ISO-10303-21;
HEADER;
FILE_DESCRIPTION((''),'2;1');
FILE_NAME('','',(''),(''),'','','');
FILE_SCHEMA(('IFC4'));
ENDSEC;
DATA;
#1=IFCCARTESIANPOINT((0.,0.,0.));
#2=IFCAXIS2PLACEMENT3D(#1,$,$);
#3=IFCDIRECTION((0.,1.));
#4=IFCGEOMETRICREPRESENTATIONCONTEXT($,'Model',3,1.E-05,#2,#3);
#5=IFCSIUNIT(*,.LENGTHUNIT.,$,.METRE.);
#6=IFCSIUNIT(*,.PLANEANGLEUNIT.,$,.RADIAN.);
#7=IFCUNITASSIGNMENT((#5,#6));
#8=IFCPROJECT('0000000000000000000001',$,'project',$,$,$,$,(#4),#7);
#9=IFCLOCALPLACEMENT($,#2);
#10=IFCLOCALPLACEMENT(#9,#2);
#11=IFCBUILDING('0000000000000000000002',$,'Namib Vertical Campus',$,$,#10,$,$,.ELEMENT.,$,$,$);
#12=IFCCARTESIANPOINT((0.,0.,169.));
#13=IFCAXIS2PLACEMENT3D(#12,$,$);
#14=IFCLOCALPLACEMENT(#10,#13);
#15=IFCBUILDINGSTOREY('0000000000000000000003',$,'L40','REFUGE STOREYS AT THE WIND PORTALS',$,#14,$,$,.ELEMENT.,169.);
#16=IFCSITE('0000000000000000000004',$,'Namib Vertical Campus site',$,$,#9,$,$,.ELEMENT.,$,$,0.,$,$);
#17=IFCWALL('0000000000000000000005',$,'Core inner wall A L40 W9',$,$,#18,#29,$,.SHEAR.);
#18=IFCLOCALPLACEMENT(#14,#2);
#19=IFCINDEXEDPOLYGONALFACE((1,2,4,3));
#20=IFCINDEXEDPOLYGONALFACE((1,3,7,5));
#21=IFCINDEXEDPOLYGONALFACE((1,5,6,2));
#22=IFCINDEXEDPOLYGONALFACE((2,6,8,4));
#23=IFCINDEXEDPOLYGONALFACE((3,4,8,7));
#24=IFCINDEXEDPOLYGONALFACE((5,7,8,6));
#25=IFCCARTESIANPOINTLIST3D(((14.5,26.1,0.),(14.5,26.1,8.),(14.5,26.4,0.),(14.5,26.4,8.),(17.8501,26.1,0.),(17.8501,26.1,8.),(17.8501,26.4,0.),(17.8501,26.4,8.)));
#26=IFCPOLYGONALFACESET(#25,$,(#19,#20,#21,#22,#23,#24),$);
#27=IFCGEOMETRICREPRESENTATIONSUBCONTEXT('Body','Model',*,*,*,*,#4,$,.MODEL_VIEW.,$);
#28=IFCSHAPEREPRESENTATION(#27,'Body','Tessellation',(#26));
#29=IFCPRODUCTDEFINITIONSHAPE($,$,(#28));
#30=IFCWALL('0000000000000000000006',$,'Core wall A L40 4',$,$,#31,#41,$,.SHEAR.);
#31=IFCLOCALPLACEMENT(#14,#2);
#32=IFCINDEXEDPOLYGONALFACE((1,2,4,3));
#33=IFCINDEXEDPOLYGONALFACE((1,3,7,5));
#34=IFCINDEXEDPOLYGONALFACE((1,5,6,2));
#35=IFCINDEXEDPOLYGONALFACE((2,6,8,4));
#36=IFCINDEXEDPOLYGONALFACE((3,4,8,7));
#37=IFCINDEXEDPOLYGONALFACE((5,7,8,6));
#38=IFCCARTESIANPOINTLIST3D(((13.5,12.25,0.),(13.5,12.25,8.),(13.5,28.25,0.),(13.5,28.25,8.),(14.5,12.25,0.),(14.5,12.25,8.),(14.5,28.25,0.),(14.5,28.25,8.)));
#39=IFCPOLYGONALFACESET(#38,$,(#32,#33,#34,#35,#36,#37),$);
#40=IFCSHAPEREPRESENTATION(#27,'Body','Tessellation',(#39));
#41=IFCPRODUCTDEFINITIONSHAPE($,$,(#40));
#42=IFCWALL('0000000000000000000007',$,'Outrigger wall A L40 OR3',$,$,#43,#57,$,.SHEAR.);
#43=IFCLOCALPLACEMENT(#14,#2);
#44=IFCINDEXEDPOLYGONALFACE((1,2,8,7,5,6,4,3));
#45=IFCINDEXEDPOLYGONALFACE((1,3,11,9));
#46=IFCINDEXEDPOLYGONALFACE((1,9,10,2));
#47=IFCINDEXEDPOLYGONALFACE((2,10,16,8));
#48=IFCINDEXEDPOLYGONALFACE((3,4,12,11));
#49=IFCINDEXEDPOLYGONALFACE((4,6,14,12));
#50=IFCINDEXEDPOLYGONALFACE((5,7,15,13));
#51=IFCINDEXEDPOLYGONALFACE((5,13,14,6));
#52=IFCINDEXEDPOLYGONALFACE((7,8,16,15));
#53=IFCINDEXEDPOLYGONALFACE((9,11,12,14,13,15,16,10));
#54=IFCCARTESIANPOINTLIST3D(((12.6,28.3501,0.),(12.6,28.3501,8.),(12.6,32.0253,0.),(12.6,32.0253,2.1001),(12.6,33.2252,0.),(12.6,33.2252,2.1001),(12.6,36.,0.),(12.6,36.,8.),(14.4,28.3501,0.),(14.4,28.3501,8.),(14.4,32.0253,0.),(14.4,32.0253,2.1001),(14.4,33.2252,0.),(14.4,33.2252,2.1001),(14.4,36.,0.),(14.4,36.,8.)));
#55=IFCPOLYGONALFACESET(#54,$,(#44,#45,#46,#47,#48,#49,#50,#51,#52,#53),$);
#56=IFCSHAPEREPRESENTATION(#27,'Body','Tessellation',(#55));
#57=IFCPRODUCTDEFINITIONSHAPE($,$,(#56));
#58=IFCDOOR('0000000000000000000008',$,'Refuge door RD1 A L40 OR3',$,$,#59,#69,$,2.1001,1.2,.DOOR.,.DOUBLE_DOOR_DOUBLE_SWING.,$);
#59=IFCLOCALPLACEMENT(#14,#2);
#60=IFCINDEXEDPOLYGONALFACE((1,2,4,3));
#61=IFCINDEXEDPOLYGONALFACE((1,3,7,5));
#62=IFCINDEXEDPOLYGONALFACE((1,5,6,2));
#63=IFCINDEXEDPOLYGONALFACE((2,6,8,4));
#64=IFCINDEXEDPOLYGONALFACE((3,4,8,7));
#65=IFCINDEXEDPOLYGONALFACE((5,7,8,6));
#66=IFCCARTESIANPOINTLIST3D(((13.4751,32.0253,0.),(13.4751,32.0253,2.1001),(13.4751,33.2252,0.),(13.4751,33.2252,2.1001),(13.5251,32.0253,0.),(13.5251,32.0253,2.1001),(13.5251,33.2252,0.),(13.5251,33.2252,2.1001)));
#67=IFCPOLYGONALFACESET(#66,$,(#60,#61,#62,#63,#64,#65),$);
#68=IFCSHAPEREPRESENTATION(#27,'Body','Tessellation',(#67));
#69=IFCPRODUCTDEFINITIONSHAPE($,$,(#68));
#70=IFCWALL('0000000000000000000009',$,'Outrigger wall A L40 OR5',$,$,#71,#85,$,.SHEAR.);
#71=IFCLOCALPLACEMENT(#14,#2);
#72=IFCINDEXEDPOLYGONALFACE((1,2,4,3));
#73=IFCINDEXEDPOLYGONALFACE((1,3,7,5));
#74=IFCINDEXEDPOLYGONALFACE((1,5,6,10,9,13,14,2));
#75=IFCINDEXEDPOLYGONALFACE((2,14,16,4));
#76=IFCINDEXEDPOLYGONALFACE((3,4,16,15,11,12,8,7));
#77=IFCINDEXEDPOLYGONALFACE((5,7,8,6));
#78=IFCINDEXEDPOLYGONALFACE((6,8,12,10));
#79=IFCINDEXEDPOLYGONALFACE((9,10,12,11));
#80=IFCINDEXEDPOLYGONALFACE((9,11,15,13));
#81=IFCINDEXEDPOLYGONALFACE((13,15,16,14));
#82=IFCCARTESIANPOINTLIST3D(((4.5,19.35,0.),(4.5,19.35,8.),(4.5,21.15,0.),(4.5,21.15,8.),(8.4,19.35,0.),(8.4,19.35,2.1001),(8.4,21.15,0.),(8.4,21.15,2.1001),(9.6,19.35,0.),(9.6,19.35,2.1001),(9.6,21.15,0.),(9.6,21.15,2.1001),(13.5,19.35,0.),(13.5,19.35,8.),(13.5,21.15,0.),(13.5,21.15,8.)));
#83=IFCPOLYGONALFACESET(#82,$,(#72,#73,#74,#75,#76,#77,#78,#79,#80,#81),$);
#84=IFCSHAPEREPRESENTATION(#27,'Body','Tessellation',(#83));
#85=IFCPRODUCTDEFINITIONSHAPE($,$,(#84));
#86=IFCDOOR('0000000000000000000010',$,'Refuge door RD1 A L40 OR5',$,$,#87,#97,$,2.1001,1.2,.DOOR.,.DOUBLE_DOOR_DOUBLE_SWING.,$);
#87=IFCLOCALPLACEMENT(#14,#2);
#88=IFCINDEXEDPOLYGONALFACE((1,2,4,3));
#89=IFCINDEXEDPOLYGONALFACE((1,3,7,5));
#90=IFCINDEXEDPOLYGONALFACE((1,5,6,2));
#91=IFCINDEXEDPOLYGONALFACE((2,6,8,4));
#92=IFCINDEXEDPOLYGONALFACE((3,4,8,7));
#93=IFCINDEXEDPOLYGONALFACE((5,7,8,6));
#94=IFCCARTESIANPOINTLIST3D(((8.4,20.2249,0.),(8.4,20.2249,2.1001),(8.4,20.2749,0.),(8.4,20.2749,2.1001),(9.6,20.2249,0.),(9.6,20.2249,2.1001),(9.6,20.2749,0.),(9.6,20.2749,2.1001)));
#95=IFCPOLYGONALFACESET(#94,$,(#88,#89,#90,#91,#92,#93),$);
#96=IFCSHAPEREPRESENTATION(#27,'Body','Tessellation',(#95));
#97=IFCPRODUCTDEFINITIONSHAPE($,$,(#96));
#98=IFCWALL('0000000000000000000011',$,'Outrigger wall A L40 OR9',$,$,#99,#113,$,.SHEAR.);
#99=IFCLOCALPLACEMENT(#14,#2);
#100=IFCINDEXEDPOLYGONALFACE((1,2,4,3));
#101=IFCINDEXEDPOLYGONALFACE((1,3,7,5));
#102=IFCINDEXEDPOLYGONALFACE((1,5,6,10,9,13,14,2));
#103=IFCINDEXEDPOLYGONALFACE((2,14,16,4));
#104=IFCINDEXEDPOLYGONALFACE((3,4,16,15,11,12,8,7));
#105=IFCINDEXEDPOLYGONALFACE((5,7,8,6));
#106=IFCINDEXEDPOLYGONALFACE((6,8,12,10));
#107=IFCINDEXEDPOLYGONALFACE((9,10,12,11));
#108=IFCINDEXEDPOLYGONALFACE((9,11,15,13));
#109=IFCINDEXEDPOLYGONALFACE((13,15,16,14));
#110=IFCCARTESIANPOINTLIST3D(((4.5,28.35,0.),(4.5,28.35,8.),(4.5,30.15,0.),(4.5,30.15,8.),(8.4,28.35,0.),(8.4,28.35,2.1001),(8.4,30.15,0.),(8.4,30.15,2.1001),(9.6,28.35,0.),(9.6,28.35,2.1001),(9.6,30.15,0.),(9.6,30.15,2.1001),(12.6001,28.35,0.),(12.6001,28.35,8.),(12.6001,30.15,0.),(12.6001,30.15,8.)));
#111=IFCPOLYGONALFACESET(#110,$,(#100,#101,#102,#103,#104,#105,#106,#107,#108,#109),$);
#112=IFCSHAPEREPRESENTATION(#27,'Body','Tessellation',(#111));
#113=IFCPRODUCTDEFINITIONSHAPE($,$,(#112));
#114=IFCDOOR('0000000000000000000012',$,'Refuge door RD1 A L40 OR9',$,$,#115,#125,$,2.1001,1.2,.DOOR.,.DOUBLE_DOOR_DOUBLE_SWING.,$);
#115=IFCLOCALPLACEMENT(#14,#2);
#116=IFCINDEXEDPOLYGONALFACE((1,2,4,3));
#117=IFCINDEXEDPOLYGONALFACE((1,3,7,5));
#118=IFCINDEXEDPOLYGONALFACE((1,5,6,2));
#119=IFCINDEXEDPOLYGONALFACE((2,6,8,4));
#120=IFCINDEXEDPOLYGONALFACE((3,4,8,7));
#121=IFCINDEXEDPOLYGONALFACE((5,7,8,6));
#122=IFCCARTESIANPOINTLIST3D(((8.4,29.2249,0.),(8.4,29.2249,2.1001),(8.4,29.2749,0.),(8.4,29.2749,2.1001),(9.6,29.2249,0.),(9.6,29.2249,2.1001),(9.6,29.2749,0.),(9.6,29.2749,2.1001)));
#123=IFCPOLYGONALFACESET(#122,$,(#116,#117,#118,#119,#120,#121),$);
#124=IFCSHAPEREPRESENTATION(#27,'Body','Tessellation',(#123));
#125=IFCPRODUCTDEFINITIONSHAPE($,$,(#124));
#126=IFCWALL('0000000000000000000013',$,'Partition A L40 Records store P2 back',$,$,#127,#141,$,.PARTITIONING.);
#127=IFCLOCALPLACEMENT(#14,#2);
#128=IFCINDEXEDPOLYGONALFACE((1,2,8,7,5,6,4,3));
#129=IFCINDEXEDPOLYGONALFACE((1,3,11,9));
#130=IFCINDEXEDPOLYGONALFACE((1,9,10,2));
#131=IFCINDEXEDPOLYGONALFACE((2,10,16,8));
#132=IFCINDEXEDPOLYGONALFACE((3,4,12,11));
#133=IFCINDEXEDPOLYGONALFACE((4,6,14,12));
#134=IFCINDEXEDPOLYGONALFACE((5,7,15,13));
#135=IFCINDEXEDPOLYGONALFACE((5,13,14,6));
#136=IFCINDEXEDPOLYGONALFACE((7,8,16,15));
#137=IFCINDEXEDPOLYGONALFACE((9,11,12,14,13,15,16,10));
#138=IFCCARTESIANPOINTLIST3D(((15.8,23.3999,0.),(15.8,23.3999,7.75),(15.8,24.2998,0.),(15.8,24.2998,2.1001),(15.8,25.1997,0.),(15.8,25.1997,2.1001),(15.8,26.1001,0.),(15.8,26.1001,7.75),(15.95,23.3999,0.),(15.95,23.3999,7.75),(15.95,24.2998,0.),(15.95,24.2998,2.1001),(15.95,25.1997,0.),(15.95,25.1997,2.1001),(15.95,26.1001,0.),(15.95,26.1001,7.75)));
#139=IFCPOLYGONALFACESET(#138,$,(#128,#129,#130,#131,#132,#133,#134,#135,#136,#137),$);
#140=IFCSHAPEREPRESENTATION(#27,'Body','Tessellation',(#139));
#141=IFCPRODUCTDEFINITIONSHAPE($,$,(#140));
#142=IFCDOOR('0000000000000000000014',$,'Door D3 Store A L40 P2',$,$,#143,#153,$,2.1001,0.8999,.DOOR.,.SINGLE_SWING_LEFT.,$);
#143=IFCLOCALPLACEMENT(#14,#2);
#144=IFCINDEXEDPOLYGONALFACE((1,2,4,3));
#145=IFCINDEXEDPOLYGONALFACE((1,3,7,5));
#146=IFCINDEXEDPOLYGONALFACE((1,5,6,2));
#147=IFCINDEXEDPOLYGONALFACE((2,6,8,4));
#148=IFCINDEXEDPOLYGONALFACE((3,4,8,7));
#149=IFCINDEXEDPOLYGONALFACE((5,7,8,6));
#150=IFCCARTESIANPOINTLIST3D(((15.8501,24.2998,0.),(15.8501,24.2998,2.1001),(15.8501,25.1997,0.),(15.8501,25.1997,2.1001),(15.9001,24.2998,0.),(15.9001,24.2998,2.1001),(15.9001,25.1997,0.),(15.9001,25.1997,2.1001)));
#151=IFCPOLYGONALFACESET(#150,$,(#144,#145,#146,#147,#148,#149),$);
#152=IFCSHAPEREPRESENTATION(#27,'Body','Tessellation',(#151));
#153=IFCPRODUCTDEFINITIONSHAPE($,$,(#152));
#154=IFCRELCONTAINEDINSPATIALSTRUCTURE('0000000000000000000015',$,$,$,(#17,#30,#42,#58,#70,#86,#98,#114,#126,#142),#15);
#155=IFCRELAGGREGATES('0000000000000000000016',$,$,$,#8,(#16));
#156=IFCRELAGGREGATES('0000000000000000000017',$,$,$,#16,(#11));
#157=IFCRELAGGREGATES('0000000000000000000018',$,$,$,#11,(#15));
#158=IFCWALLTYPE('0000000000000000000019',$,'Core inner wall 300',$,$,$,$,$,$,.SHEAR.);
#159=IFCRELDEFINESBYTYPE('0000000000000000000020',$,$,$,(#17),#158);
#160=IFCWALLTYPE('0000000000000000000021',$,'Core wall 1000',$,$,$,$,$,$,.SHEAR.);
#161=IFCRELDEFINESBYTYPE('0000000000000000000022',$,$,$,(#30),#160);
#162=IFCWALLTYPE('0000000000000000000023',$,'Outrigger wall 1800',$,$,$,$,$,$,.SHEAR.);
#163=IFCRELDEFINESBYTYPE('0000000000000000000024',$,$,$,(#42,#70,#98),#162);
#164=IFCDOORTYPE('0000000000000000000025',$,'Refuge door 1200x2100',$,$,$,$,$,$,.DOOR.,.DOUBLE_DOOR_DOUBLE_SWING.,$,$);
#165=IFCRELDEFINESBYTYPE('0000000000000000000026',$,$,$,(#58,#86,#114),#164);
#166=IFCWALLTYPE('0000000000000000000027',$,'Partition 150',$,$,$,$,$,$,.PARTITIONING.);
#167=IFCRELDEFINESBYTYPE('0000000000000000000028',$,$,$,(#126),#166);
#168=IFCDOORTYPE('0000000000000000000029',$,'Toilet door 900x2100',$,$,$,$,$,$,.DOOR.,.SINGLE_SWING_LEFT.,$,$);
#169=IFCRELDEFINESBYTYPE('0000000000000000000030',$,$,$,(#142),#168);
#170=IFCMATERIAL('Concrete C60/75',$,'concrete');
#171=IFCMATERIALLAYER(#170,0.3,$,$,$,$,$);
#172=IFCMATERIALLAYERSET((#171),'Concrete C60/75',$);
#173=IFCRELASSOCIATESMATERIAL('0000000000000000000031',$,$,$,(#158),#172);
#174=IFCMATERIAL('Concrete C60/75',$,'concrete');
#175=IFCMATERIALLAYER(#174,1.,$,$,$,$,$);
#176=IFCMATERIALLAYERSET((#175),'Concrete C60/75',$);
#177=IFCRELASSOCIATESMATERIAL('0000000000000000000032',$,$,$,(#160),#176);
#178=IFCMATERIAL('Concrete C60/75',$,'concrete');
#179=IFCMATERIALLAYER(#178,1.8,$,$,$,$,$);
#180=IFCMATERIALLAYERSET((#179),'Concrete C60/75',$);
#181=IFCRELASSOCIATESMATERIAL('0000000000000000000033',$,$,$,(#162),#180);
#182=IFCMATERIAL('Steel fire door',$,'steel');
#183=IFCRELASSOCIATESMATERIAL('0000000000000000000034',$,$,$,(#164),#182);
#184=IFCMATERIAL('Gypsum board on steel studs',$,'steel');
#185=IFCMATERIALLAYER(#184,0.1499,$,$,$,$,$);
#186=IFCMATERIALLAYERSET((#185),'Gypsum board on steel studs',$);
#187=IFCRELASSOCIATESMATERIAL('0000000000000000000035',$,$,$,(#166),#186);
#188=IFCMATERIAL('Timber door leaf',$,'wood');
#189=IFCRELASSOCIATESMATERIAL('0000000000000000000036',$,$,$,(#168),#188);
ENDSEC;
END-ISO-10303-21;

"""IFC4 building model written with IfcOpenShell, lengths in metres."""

from ifc_helpers import new_model, si_unit, direction, frame, frame_2d, origin, place, context, subcontext, project, spatial, rectangle, extrude, material, layer, layer_set, type_object, element, fill, save


model = new_model("IFC4")

# Units and contexts
model_context = context("Model", 3, precision=1e-05, world=origin(), true_north=direction((0.0, 1.0)))
body_context = subcontext(model_context, "Body", "Model", "MODEL_VIEW")
ifc_project = project(units=[si_unit("LENGTHUNIT", "METRE"), si_unit("PLANEANGLEUNIT", "RADIAN")], contexts=[model_context])

# Site, building, storey
site_placement = place(None, origin())
site = spatial("IfcSite", under=ifc_project, at=site_placement, Name="Namib Vertical Campus site", CompositionType="ELEMENT", RefElevation=0.0)
building_placement = place(site_placement, origin())
building = spatial("IfcBuilding", under=site, at=building_placement, Name="Namib Vertical Campus", CompositionType="ELEMENT")
storey_placement = place(building_placement, frame((0.0, 0.0, 169.0)))
storey = spatial("IfcBuildingStorey", under=building, at=storey_placement, Name="L40", Description="REFUGE STOREYS AT THE WIND PORTALS", CompositionType="ELEMENT", Elevation=169.0)

# Walls
ifc_material_1 = material(Name="Concrete C60/75", Category="concrete")
ifc_layer_1 = layer(ifc_material_1, 0.3)
ifc_layer_set_1 = layer_set([ifc_layer_1], Name="Concrete C60/75")
wall_type_1 = type_object("IfcWallType", Name="Core inner wall 300", PredefinedType="SHEAR", material=ifc_layer_set_1)
for number, where, z_axis, x_axis, name in (
    (1, (14.5, 26.25, 0.0), (0.0, 0.0, 1.0), (1.0, 0.0, 0.0), "Core inner wall A L40 W9"),
):
    element("IfcWall", number, at=place(storey_placement, frame(where, z_axis=z_axis, x_axis=x_axis)), inside=storey, type_object=wall_type_1, Name=name, PredefinedType="SHEAR", context=body_context, shape_type="SweptSolid", body=[
        extrude(rectangle(XDim=3.3501, YDim=0.3, at=frame_2d((1.675, 0.0))), origin(), (0.0, 0.0, 1.0), 8.0),
    ])
ifc_material_2 = material(Name="Concrete C60/75", Category="concrete")
ifc_layer_2 = layer(ifc_material_2, 1.0)
ifc_layer_set_2 = layer_set([ifc_layer_2], Name="Concrete C60/75")
wall_type_2 = type_object("IfcWallType", Name="Core wall 1000", PredefinedType="SHEAR", material=ifc_layer_set_2)
wall_1_placement = place(storey_placement, frame((14.0, 28.25, 0.0), z_axis=(0.0, 0.0, 1.0), x_axis=(0.0, -1.0, 0.0)))
element("IfcWall", 2, at=wall_1_placement, inside=storey, type_object=wall_type_2, Name="Core wall A L40 4", PredefinedType="SHEAR", context=body_context, shape_type="SweptSolid", body=[
    extrude(rectangle(XDim=16.0, YDim=1.0, at=frame_2d((8.0, 0.0))), origin(), (0.0, 0.0, 1.0), 8.0),
])

# Walls, openings, doors
ifc_material_3 = material(Name="Concrete C60/75", Category="concrete")
ifc_layer_3 = layer(ifc_material_3, 1.8)
ifc_layer_set_3 = layer_set([ifc_layer_3], Name="Concrete C60/75")
wall_type_3 = type_object("IfcWallType", Name="Outrigger wall 1800", PredefinedType="SHEAR", material=ifc_layer_set_3)
wall_2_placement = place(storey_placement, frame((13.5, 28.3501, 0.0), z_axis=(0.0, 0.0, 1.0), x_axis=(0.0, 1.0, 0.0)))
wall_2 = element("IfcWall", 3, at=wall_2_placement, inside=storey, type_object=wall_type_3, Name="Outrigger wall A L40 OR3", PredefinedType="SHEAR", context=body_context, shape_type="SweptSolid", body=[
    extrude(rectangle(XDim=7.6499, YDim=1.8, at=frame_2d((3.825, 0.0))), origin(), (0.0, 0.0, 1.0), 8.0),
])
opening_1_placement = place(wall_2_placement, frame((3.675, 0.0, 0.0)))
opening_1 = element("IfcOpeningElement", 4, at=opening_1_placement, cuts=wall_2, PredefinedType="OPENING", context=body_context, shape_type="SweptSolid", body=[
    extrude(rectangle(XDim=1.2, YDim=2.1001, at=frame_2d((0.6001, 1.05))), frame((0.0, 0.9099, 0.0), z_axis=(0.0, -1.0, 0.0), x_axis=(1.0, 0.0, 0.0)), (0.0, 0.0, 1.0), 1.8201),
])
ifc_material_4 = material(Name="Steel fire door", Category="steel")
door_type_1 = type_object("IfcDoorType", Name="Refuge door 1200x2100", OperationType="DOUBLE_DOOR_DOUBLE_SWING", PredefinedType="DOOR", material=ifc_material_4)
door_1_placement = place(opening_1_placement, origin())
door_1 = element("IfcDoor", 5, at=door_1_placement, inside=storey, type_object=door_type_1, Name="Refuge door RD1 A L40 OR3", OperationType="DOUBLE_DOOR_DOUBLE_SWING", OverallHeight=2.1001, OverallWidth=1.2, PredefinedType="DOOR", context=body_context, shape_type="SweptSolid", body=[
    extrude(rectangle(XDim=1.2, YDim=2.1001, at=frame_2d((0.6001, 1.05))), frame((0.0, 0.0249, 0.0), z_axis=(0.0, -1.0, 0.0), x_axis=(1.0, 0.0, 0.0)), (0.0, 0.0, 1.0), 0.05),
])
fill(opening_1, door_1)
wall_3_placement = place(storey_placement, frame((4.5, 20.25, 0.0), z_axis=(0.0, 0.0, 1.0), x_axis=(1.0, 0.0, 0.0)))
wall_3 = element("IfcWall", 6, at=wall_3_placement, inside=storey, type_object=wall_type_3, Name="Outrigger wall A L40 OR5", PredefinedType="SHEAR", context=body_context, shape_type="SweptSolid", body=[
    extrude(rectangle(XDim=9.0, YDim=1.8, at=frame_2d((4.5, 0.0))), origin(), (0.0, 0.0, 1.0), 8.0),
])
opening_2_placement = place(wall_3_placement, frame((3.8999, 0.0, 0.0)))
opening_2 = element("IfcOpeningElement", 7, at=opening_2_placement, cuts=wall_3, PredefinedType="OPENING", context=body_context, shape_type="SweptSolid", body=[
    extrude(rectangle(XDim=1.2, YDim=2.1001, at=frame_2d((0.6001, 1.05))), frame((0.0, 0.9099, 0.0), z_axis=(0.0, -1.0, 0.0), x_axis=(1.0, 0.0, 0.0)), (0.0, 0.0, 1.0), 1.8201),
])
door_2_placement = place(opening_2_placement, origin())
door_2 = element("IfcDoor", 8, at=door_2_placement, inside=storey, type_object=door_type_1, Name="Refuge door RD1 A L40 OR5", OperationType="DOUBLE_DOOR_DOUBLE_SWING", OverallHeight=2.1001, OverallWidth=1.2, PredefinedType="DOOR", context=body_context, shape_type="SweptSolid", body=[
    extrude(rectangle(XDim=1.2, YDim=2.1001, at=frame_2d((0.6001, 1.05))), frame((0.0, 0.0249, 0.0), z_axis=(0.0, -1.0, 0.0), x_axis=(1.0, 0.0, 0.0)), (0.0, 0.0, 1.0), 0.05),
])
fill(opening_2, door_2)
wall_4_placement = place(storey_placement, frame((4.5, 29.25, 0.0), z_axis=(0.0, 0.0, 1.0), x_axis=(1.0, 0.0, 0.0)))
wall_4 = element("IfcWall", 9, at=wall_4_placement, inside=storey, type_object=wall_type_3, Name="Outrigger wall A L40 OR9", PredefinedType="SHEAR", context=body_context, shape_type="SweptSolid", body=[
    extrude(rectangle(XDim=8.1001, YDim=1.8, at=frame_2d((4.05, 0.0))), origin(), (0.0, 0.0, 1.0), 8.0),
])
opening_3_placement = place(wall_4_placement, frame((3.8999, 0.0, 0.0)))
opening_3 = element("IfcOpeningElement", 10, at=opening_3_placement, cuts=wall_4, PredefinedType="OPENING", context=body_context, shape_type="SweptSolid", body=[
    extrude(rectangle(XDim=1.2, YDim=2.1001, at=frame_2d((0.6001, 1.05))), frame((0.0, 0.9099, 0.0), z_axis=(0.0, -1.0, 0.0), x_axis=(1.0, 0.0, 0.0)), (0.0, 0.0, 1.0), 1.8201),
])
door_3_placement = place(opening_3_placement, origin())
door_3 = element("IfcDoor", 11, at=door_3_placement, inside=storey, type_object=door_type_1, Name="Refuge door RD1 A L40 OR9", OperationType="DOUBLE_DOOR_DOUBLE_SWING", OverallHeight=2.1001, OverallWidth=1.2, PredefinedType="DOOR", context=body_context, shape_type="SweptSolid", body=[
    extrude(rectangle(XDim=1.2, YDim=2.1001, at=frame_2d((0.6001, 1.05))), frame((0.0, 0.0249, 0.0), z_axis=(0.0, -1.0, 0.0), x_axis=(1.0, 0.0, 0.0)), (0.0, 0.0, 1.0), 0.05),
])
fill(opening_3, door_3)
ifc_material_5 = material(Name="Gypsum board on steel studs", Category="steel")
ifc_layer_4 = layer(ifc_material_5, 0.1499)
ifc_layer_set_4 = layer_set([ifc_layer_4], Name="Gypsum board on steel studs")
wall_type_4 = type_object("IfcWallType", Name="Partition 150", PredefinedType="PARTITIONING", material=ifc_layer_set_4)
wall_5_placement = place(storey_placement, frame((15.875, 23.3999, 0.0), z_axis=(0.0, 0.0, 1.0), x_axis=(0.0, 1.0, 0.0)))
wall_5 = element("IfcWall", 12, at=wall_5_placement, inside=storey, type_object=wall_type_4, Name="Partition A L40 Records store P2 back", PredefinedType="PARTITIONING", context=body_context, shape_type="SweptSolid", body=[
    extrude(rectangle(XDim=2.7002, YDim=0.1499, at=frame_2d((1.3501, 0.0))), origin(), (0.0, 0.0, 1.0), 7.75),
])
opening_4_placement = place(wall_5_placement, frame((0.8999, 0.0, 0.0)))
opening_4 = element("IfcOpeningElement", 13, at=opening_4_placement, cuts=wall_5, PredefinedType="OPENING", context=body_context, shape_type="SweptSolid", body=[
    extrude(rectangle(XDim=0.8999, YDim=2.1001, at=frame_2d((0.45, 1.05))), frame((0.0, 0.085, 0.0), z_axis=(0.0, -1.0, 0.0), x_axis=(1.0, 0.0, 0.0)), (0.0, 0.0, 1.0), 0.1699),
])
ifc_material_6 = material(Name="Timber door leaf", Category="wood")
door_type_2 = type_object("IfcDoorType", Name="Toilet door 900x2100", OperationType="SINGLE_SWING_LEFT", PredefinedType="DOOR", material=ifc_material_6)
door_4_placement = place(opening_4_placement, origin())
door_4 = element("IfcDoor", 14, at=door_4_placement, inside=storey, type_object=door_type_2, Name="Door D3 Store A L40 P2", OperationType="SINGLE_SWING_LEFT", OverallHeight=2.1001, OverallWidth=0.8999, PredefinedType="DOOR", context=body_context, shape_type="SweptSolid", body=[
    extrude(rectangle(XDim=0.8999, YDim=2.1001, at=frame_2d((0.45, 1.05))), frame((0.0, 0.0249, 0.0), z_axis=(0.0, -1.0, 0.0), x_axis=(1.0, 0.0, 0.0)), (0.0, 0.0, 1.0), 0.05),
])
fill(opening_4, door_4)

save(model, "model.ifc")
